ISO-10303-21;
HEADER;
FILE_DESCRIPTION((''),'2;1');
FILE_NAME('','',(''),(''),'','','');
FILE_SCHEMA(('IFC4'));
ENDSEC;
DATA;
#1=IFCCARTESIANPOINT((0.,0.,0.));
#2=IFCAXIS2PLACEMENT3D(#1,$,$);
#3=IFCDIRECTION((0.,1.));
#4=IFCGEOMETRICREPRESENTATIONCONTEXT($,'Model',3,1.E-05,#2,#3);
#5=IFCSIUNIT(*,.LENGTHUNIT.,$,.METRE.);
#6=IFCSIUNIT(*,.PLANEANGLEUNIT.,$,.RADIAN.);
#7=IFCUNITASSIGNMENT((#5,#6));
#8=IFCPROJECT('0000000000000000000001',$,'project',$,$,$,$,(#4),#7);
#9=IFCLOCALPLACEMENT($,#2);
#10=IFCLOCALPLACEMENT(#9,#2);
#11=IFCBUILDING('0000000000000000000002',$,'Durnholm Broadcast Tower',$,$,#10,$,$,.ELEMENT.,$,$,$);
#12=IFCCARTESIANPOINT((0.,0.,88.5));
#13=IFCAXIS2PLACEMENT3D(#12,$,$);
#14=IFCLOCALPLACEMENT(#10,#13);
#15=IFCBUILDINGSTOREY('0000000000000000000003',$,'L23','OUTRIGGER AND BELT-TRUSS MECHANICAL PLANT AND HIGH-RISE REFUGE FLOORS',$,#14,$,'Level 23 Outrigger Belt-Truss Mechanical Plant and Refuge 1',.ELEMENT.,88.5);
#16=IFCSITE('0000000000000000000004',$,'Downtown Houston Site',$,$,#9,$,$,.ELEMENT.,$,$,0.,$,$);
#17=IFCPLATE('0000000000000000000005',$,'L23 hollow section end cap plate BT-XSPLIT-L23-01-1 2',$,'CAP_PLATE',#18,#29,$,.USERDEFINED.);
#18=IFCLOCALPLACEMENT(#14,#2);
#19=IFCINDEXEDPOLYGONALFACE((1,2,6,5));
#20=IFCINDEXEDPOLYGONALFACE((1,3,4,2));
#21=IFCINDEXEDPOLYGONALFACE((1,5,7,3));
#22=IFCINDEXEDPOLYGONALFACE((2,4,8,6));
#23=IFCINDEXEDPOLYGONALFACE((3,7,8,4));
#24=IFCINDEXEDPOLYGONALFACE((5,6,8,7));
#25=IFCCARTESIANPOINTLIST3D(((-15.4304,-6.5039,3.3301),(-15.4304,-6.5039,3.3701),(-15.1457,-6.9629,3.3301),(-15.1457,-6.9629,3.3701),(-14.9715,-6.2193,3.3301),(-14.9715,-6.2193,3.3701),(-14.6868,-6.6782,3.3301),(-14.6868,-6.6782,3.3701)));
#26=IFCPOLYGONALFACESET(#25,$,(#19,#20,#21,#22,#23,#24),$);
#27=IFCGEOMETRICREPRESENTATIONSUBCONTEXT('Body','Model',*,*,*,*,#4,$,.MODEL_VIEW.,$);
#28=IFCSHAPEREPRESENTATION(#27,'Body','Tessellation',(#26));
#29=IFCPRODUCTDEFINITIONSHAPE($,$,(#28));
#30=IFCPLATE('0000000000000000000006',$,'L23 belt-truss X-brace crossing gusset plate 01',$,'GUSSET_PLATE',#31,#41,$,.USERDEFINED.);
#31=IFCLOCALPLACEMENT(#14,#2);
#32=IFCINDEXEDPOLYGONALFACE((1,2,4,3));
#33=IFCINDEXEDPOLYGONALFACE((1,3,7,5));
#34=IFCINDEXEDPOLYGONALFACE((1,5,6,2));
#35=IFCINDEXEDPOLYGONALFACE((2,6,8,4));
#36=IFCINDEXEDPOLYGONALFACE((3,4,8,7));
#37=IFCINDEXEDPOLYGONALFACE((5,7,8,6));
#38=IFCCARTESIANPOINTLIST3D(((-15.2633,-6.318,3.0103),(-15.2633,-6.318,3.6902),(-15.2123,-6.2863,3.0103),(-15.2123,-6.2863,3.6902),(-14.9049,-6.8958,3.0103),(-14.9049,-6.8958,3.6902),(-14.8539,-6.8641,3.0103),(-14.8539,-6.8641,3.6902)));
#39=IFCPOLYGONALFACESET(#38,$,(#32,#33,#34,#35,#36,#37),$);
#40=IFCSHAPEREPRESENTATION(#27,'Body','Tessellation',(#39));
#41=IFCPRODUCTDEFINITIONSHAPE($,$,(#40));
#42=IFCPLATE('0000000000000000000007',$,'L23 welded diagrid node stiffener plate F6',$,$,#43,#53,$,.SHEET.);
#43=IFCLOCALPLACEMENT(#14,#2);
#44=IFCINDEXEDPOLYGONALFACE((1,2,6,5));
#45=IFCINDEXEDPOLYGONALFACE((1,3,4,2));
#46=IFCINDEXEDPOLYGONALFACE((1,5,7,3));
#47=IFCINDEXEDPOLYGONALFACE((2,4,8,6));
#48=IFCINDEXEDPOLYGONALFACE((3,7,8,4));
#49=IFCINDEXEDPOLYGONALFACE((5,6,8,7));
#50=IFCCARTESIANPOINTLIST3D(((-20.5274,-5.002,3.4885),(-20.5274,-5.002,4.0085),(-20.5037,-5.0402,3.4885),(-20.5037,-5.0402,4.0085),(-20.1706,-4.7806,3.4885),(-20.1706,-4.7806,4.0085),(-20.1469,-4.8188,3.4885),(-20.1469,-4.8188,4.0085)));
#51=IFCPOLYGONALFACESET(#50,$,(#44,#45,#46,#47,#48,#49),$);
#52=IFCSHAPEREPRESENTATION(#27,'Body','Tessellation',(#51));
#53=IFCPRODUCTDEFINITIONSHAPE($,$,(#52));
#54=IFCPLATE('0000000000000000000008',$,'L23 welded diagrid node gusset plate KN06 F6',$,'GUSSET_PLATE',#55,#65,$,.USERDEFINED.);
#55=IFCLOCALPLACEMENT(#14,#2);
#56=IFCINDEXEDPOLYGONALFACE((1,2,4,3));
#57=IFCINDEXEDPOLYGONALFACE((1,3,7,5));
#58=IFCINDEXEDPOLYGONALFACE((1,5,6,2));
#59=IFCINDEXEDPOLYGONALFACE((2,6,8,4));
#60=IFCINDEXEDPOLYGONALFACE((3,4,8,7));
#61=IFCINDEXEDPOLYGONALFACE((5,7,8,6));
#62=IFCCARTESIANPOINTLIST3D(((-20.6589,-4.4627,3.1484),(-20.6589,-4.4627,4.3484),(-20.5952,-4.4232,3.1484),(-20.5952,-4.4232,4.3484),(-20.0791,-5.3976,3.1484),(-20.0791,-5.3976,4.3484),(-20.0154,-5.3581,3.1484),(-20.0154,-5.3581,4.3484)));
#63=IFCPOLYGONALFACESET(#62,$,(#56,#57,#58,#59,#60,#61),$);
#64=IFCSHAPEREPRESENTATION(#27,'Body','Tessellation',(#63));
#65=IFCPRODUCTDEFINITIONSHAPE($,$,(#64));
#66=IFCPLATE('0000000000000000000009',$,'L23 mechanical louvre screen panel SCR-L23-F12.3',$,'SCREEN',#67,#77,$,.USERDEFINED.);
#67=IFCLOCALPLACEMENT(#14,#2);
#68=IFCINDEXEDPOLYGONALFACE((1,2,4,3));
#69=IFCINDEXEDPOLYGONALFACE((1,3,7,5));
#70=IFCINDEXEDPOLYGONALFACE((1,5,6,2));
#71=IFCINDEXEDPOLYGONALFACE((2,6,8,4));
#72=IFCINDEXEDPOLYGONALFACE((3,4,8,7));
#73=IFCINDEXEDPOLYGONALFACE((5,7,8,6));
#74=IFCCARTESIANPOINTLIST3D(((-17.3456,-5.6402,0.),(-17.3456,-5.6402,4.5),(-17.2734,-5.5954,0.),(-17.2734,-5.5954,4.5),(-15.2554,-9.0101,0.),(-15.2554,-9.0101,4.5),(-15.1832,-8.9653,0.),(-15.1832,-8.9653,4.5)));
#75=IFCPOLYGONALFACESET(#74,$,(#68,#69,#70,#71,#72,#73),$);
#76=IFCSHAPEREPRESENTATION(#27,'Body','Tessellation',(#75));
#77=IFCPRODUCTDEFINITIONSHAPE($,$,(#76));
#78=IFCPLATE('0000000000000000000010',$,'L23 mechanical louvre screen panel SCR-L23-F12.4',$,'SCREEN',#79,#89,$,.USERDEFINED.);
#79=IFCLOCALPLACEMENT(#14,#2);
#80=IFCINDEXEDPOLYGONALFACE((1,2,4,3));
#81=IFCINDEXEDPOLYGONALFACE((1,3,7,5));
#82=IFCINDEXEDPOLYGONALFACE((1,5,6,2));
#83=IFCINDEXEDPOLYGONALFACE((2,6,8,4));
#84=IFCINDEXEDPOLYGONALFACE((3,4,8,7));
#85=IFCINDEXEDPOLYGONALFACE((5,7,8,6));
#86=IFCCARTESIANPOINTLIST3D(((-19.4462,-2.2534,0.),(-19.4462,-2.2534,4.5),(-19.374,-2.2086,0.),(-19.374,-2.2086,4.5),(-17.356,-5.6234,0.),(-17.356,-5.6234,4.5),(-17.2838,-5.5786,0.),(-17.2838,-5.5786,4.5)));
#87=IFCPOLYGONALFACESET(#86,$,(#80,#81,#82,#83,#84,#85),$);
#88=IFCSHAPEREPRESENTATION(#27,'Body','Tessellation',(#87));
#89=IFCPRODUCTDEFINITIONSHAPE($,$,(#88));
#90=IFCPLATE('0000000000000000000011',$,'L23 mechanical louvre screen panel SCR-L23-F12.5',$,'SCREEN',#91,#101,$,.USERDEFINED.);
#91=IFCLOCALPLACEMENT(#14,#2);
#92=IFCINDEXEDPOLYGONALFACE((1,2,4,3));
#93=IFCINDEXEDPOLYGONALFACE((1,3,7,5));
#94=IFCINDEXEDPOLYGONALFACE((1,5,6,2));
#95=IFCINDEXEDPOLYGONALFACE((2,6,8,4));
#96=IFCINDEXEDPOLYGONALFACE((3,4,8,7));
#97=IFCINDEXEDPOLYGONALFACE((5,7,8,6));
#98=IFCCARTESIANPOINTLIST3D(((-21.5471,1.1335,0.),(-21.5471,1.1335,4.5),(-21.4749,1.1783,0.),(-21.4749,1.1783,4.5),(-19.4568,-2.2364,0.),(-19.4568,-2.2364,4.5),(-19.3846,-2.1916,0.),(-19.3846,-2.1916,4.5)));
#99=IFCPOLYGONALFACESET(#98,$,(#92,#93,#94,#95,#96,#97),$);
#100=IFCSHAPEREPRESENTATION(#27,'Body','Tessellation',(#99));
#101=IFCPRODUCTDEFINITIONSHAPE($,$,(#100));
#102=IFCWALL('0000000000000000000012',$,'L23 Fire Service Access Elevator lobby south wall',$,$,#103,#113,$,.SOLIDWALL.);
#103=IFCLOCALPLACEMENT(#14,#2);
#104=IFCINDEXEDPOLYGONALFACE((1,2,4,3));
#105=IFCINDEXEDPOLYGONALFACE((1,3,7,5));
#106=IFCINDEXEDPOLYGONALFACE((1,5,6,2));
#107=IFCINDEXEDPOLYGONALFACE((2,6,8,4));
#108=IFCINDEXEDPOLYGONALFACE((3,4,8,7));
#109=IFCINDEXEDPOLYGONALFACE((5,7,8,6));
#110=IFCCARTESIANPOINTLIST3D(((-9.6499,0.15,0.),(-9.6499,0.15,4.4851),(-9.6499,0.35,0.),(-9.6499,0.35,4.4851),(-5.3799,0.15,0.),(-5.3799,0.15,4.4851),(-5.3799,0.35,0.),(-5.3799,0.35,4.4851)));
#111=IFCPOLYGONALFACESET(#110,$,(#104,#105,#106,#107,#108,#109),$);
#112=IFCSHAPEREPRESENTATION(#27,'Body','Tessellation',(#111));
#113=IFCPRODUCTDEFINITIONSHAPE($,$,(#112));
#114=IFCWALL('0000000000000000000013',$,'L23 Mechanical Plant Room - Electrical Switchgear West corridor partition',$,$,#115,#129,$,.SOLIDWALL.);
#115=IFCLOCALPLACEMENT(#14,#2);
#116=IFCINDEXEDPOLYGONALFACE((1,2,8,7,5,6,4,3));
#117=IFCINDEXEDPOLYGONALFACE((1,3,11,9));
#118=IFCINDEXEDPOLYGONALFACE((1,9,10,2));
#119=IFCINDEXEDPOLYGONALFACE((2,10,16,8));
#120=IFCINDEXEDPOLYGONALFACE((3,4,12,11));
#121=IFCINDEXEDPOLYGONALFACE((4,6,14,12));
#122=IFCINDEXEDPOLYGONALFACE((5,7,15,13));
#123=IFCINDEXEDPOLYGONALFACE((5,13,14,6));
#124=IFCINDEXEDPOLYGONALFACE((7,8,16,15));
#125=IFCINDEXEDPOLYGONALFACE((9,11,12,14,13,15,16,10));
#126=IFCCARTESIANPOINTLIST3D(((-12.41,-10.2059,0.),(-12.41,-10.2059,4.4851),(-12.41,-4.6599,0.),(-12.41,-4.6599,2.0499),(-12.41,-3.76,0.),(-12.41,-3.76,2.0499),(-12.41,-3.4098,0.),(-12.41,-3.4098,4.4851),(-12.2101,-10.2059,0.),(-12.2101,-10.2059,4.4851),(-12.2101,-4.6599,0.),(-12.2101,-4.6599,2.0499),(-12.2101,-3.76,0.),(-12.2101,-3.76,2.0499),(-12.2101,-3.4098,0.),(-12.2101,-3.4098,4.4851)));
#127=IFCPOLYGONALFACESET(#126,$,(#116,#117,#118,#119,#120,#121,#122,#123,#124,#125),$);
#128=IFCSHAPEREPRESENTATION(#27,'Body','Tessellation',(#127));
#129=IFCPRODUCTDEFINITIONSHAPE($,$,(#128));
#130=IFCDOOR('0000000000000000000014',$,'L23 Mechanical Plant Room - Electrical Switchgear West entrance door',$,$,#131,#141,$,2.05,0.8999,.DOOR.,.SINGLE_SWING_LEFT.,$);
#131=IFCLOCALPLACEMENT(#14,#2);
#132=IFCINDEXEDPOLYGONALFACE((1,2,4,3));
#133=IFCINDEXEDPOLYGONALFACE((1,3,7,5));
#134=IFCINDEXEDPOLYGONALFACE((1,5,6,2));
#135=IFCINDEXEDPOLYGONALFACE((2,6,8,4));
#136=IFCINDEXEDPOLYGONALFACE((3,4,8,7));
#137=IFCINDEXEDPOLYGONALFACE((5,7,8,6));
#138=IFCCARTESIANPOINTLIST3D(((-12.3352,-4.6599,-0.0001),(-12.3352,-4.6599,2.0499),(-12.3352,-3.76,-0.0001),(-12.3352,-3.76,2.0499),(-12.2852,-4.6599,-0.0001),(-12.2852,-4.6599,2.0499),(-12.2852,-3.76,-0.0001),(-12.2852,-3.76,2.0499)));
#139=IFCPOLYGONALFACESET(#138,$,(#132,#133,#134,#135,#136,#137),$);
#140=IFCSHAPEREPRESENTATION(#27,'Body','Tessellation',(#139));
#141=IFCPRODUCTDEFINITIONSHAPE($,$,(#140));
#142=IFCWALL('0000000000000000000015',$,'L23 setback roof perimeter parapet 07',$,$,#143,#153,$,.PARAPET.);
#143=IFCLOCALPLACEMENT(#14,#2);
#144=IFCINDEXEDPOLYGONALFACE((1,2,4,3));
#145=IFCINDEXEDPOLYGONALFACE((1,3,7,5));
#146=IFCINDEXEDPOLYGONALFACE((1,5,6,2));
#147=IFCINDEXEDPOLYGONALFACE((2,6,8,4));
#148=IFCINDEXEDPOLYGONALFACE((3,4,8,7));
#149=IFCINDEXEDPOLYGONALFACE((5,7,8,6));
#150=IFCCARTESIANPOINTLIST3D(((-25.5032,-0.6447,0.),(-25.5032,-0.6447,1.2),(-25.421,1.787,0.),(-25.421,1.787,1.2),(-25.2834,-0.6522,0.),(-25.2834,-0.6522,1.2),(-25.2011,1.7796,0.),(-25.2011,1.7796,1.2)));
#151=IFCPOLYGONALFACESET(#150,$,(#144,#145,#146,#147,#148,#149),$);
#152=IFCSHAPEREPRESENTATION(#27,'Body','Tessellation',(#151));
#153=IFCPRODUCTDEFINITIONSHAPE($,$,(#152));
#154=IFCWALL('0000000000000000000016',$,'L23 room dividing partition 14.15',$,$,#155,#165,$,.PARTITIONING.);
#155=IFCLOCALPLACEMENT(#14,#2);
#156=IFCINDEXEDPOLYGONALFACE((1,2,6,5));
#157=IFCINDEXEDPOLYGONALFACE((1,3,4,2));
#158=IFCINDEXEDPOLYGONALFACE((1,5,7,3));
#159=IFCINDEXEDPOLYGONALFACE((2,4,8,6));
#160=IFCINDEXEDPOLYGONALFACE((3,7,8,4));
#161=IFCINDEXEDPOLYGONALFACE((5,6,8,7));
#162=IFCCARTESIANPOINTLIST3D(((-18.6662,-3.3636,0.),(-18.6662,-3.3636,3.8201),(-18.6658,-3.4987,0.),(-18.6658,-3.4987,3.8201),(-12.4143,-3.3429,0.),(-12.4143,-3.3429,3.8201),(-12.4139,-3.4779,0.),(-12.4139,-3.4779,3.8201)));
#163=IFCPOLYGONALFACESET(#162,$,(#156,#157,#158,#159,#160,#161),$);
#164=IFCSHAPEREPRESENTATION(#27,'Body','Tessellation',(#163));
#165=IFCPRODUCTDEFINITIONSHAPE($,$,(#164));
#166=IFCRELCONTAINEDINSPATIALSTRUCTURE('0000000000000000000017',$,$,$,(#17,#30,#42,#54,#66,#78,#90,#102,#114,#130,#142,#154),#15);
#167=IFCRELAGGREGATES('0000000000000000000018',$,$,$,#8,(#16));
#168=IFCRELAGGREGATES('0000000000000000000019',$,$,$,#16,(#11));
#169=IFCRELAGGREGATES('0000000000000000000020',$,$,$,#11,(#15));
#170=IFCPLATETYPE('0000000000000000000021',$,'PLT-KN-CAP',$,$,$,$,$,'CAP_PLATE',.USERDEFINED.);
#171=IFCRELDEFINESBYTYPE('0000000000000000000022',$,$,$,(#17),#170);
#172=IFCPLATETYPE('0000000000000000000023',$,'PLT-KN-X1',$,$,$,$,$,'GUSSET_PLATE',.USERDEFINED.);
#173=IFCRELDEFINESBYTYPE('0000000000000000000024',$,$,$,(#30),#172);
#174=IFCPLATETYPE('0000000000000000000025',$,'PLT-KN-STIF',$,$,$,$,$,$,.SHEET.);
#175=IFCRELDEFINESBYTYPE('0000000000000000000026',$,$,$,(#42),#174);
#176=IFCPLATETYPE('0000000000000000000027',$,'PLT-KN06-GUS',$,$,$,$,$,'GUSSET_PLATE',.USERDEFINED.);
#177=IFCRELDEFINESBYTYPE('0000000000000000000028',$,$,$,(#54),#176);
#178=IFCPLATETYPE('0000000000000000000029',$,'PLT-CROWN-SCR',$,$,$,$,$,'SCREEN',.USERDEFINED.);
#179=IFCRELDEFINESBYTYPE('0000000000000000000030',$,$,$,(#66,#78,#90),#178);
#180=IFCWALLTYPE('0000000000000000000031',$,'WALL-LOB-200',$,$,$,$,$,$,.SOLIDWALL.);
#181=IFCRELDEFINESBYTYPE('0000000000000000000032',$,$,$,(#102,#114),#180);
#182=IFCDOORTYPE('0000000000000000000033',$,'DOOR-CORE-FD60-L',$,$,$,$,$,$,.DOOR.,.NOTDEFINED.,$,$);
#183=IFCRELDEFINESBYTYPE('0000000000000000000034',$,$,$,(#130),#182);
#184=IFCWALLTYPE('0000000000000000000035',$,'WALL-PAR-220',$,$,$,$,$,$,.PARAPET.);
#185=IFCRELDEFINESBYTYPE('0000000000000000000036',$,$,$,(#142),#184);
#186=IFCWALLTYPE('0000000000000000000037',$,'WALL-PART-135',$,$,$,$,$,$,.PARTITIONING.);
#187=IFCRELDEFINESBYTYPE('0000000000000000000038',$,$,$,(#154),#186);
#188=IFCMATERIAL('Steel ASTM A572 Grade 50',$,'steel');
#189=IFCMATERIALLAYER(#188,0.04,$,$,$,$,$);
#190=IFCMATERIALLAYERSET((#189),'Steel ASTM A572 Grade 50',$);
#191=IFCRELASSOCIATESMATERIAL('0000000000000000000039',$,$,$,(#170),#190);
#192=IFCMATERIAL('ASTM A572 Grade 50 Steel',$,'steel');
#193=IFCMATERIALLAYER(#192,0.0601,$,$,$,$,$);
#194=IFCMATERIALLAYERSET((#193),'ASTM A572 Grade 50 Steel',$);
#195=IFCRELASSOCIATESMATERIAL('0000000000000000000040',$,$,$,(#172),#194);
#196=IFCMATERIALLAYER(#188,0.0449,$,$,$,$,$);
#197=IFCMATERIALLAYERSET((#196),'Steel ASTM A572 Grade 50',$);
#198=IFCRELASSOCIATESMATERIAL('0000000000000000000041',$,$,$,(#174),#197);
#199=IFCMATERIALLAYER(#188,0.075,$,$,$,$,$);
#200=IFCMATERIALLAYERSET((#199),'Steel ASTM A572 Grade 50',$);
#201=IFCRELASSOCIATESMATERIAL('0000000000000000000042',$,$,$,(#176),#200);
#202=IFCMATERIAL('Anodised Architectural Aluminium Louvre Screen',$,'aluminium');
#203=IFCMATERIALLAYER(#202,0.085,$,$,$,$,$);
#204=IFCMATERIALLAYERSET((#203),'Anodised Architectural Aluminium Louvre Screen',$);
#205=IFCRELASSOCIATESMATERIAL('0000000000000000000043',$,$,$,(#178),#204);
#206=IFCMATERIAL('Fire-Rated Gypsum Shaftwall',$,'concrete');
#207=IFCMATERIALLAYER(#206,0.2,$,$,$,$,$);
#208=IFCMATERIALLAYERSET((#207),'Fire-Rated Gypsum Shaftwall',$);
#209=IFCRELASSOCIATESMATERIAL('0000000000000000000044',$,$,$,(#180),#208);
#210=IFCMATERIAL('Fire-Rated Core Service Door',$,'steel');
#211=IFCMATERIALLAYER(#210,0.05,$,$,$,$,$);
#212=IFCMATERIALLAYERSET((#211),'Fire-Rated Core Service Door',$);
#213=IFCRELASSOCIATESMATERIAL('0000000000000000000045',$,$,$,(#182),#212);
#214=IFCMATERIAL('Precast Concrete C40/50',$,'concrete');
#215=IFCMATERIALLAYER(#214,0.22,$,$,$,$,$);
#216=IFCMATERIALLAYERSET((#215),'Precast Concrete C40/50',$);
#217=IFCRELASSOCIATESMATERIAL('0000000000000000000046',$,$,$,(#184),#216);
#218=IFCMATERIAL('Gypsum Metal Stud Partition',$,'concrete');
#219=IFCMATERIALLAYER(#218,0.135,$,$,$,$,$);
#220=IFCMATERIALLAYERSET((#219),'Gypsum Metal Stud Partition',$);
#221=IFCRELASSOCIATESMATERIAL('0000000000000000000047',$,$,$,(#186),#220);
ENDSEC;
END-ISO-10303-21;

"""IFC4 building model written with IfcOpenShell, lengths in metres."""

from ifc_helpers import new_model, si_unit, direction, frame, frame_2d, origin, origin_2d, place, context, subcontext, project, spatial, rectangle, extrude, source, transform, mapped, material, layer, layer_set, type_object, type_shapes, element, fill, save


model = new_model("IFC4")

# Units and contexts
model_context = context("Model", 3, precision=1e-05, world=origin(), true_north=direction((0.0, 1.0)))
body_context = subcontext(model_context, "Body", "Model", "MODEL_VIEW")
ifc_project = project(units=[si_unit("LENGTHUNIT", "METRE"), si_unit("PLANEANGLEUNIT", "RADIAN")], contexts=[model_context])

# Site, building, storey
site_placement = place(None, origin())
site = spatial("IfcSite", under=ifc_project, at=site_placement, Name="Downtown Houston Site", CompositionType="ELEMENT", RefElevation=0.0)
building_placement = place(site_placement, origin())
building = spatial("IfcBuilding", under=site, at=building_placement, Name="Durnholm Broadcast Tower", CompositionType="ELEMENT")
storey_placement = place(building_placement, frame((0.0, 0.0, 88.5)))
storey = spatial("IfcBuildingStorey", under=building, at=storey_placement, Name="L23", Description="OUTRIGGER AND BELT-TRUSS MECHANICAL PLANT AND HIGH-RISE REFUGE FLOORS", LongName="Level 23 Outrigger Belt-Truss Mechanical Plant and Refuge 1", CompositionType="ELEMENT", Elevation=88.5)

# Plates
ifc_material_1 = material(Name="Steel ASTM A572 Grade 50", Category="steel")
ifc_layer_1 = layer(ifc_material_1, 0.04)
ifc_layer_set_1 = layer_set([ifc_layer_1], Name="Steel ASTM A572 Grade 50")
plate_type_1 = type_object("IfcPlateType", Name="PLT-KN-CAP", ElementType="CAP_PLATE", PredefinedType="USERDEFINED", material=ifc_layer_set_1)
shared_shape_1 = source(origin(), body_context, "Body", "SweptSolid", [
    extrude(rectangle(XDim=0.54, YDim=0.54, at=origin_2d()), origin(), (0.0, 0.0, 1.0), 0.04),
])
type_shapes(plate_type_1, [shared_shape_1])
plate_1_placement = place(storey_placement, frame((-15.0586, -6.5911, 3.3301), z_axis=(0.0, 0.0, 1.0), x_axis=(0.527104, -0.849801, 0.0)))
element("IfcPlate", 1, at=plate_1_placement, inside=storey, type_object=plate_type_1, Name="L23 hollow section end cap plate BT-XSPLIT-L23-01-1 2", ObjectType="CAP_PLATE", PredefinedType="USERDEFINED", context=body_context, shape_type="MappedRepresentation", body=[
    mapped(shared_shape_1, transform((0.0, 0.0, 0.0), x_axis=(1.0, 0.0, 0.0), y_axis=(0.0, 1.0, 0.0), z_axis=(0.0, 0.0, 1.0), scale=1.0)),
])
ifc_material_2 = material(Name="ASTM A572 Grade 50 Steel", Category="steel")
ifc_layer_2 = layer(ifc_material_2, 0.0601)
ifc_layer_set_2 = layer_set([ifc_layer_2], Name="ASTM A572 Grade 50 Steel")
plate_type_2 = type_object("IfcPlateType", Name="PLT-KN-X1", ElementType="GUSSET_PLATE", PredefinedType="USERDEFINED", material=ifc_layer_set_2)
shared_shape_2 = source(origin(), body_context, "Body", "SweptSolid", [
    extrude(rectangle(XDim=0.6799, YDim=0.0601, at=origin_2d()), origin(), (0.0, 0.0, 1.0), 0.6799),
])
type_shapes(plate_type_2, [shared_shape_2])
plate_2_placement = place(storey_placement, frame((-15.0586, -6.5911, 3.0103), z_axis=(0.0, 0.0, 1.0), x_axis=(-0.527104, 0.849801, 0.0)))
element("IfcPlate", 2, at=plate_2_placement, inside=storey, type_object=plate_type_2, Name="L23 belt-truss X-brace crossing gusset plate 01", ObjectType="GUSSET_PLATE", PredefinedType="USERDEFINED", context=body_context, shape_type="MappedRepresentation", body=[
    mapped(shared_shape_2, transform((0.0, 0.0, 0.0), x_axis=(1.0, 0.0, 0.0), y_axis=(0.0, 1.0, 0.0), z_axis=(0.0, 0.0, 1.0), scale=1.0)),
])
ifc_layer_3 = layer(ifc_material_1, 0.0449)
ifc_layer_set_3 = layer_set([ifc_layer_3], Name="Steel ASTM A572 Grade 50")
plate_type_3 = type_object("IfcPlateType", Name="PLT-KN-STIF", PredefinedType="SHEET", material=ifc_layer_set_3)
shared_shape_3 = source(origin(), body_context, "Body", "SweptSolid", [
    extrude(rectangle(XDim=0.0449, YDim=0.4199, at=origin_2d()), origin(), (0.0, 0.0, 1.0), 0.52),
])
type_shapes(plate_type_3, [shared_shape_3])
plate_3_placement = place(storey_placement, frame((-20.3372, -4.9104, 3.4885), z_axis=(0.0, 0.0, 1.0), x_axis=(0.527104, -0.849801, 0.0)))
element("IfcPlate", 3, at=plate_3_placement, inside=storey, type_object=plate_type_3, Name="L23 welded diagrid node stiffener plate F6", PredefinedType="SHEET", context=body_context, shape_type="MappedRepresentation", body=[
    mapped(shared_shape_3, transform((0.0, 0.0, 0.0), x_axis=(1.0, 0.0, 0.0), y_axis=(0.0, 1.0, 0.0), z_axis=(0.0, 0.0, 1.0), scale=1.0)),
])
ifc_layer_4 = layer(ifc_material_1, 0.075)
ifc_layer_set_4 = layer_set([ifc_layer_4], Name="Steel ASTM A572 Grade 50")
plate_type_4 = type_object("IfcPlateType", Name="PLT-KN06-GUS", ElementType="GUSSET_PLATE", PredefinedType="USERDEFINED", material=ifc_layer_set_4)
shared_shape_4 = source(origin(), body_context, "Body", "SweptSolid", [
    extrude(rectangle(XDim=1.1001, YDim=0.075, at=origin_2d()), origin(), (0.0, 0.0, 1.0), 1.2),
])
type_shapes(plate_type_4, [shared_shape_4])
plate_4_placement = place(storey_placement, frame((-20.3372, -4.9104, 3.1484), z_axis=(0.0, 0.0, 1.0), x_axis=(0.527104, -0.849801, 0.0)))
element("IfcPlate", 4, at=plate_4_placement, inside=storey, type_object=plate_type_4, Name="L23 welded diagrid node gusset plate KN06 F6", ObjectType="GUSSET_PLATE", PredefinedType="USERDEFINED", context=body_context, shape_type="MappedRepresentation", body=[
    mapped(shared_shape_4, transform((0.0, 0.0, 0.0), x_axis=(1.0, 0.0, 0.0), y_axis=(0.0, 1.0, 0.0), z_axis=(0.0, 0.0, 1.0), scale=1.0)),
])
ifc_material_3 = material(Name="Anodised Architectural Aluminium Louvre Screen", Category="aluminium")
ifc_layer_5 = layer(ifc_material_3, 0.085)
ifc_layer_set_5 = layer_set([ifc_layer_5], Name="Anodised Architectural Aluminium Louvre Screen")
plate_type_5 = type_object("IfcPlateType", Name="PLT-CROWN-SCR", ElementType="SCREEN", PredefinedType="USERDEFINED", material=ifc_layer_set_5)
shared_shape_5 = source(origin(), body_context, "Body", "SweptSolid", [
    extrude(rectangle(XDim=3.9656, YDim=0.085, at=origin_2d()), origin(), (0.0, 0.0, 1.0), 4.5),
])
type_shapes(plate_type_5, [shared_shape_5])
for number, where, z_axis, x_axis, name in (
    (5, (-16.2644, -7.3027, 0.0), (0.0, 0.0, 1.0), (-0.527104, 0.849801, 0.0), "L23 mechanical louvre screen panel SCR-L23-F12.3"),
    (6, (-18.365, -3.916, 0.0), (0.0, 0.0, 1.0), (-0.527104, 0.849801, 0.0), "L23 mechanical louvre screen panel SCR-L23-F12.4"),
    (7, (-20.4658, -0.5291, 0.0), (0.0, 0.0, 1.0), (-0.527104, 0.849801, 0.0), "L23 mechanical louvre screen panel SCR-L23-F12.5"),
):
    element("IfcPlate", number, at=place(storey_placement, frame(where, z_axis=z_axis, x_axis=x_axis)), inside=storey, type_object=plate_type_5, Name=name, ObjectType="SCREEN", PredefinedType="USERDEFINED", context=body_context, shape_type="MappedRepresentation", body=[
        mapped(shared_shape_5, transform((0.0, 0.0, 0.0), x_axis=(1.0, 0.0, 0.0), y_axis=(0.0, 1.0, 0.0), z_axis=(0.0, 0.0, 1.0), scale=1.0)),
    ])

# Wall
ifc_material_4 = material(Name="Fire-Rated Gypsum Shaftwall", Category="concrete")
ifc_layer_6 = layer(ifc_material_4, 0.2)
ifc_layer_set_6 = layer_set([ifc_layer_6], Name="Fire-Rated Gypsum Shaftwall")
wall_type_1 = type_object("IfcWallType", Name="WALL-LOB-200", PredefinedType="SOLIDWALL", material=ifc_layer_set_6)
wall_1_placement = place(storey_placement, frame((-9.6499, 0.25, 0.0), z_axis=(0.0, 0.0, 1.0), x_axis=(1.0, 0.0, 0.0)))
element("IfcWall", 8, at=wall_1_placement, inside=storey, type_object=wall_type_1, Name="L23 Fire Service Access Elevator lobby south wall", PredefinedType="SOLIDWALL", context=body_context, shape_type="SweptSolid", body=[
    extrude(rectangle(XDim=4.27, YDim=0.2, at=frame_2d((2.135, 0.0))), origin(), (0.0, 0.0, 1.0), 4.4851),
])

# Wall, opening, door
wall_2_placement = place(storey_placement, frame((-12.3101, -3.4099, 0.0), z_axis=(0.0, 0.0, 1.0), x_axis=(0.0, -1.0, 0.0)))
wall_2 = element("IfcWall", 9, at=wall_2_placement, inside=storey, type_object=wall_type_1, Name="L23 Mechanical Plant Room - Electrical Switchgear West corridor partition", PredefinedType="SOLIDWALL", context=body_context, shape_type="SweptSolid", body=[
    extrude(rectangle(XDim=6.7961, YDim=0.2, at=frame_2d((3.3979, 0.0))), origin(), (0.0, 0.0, 1.0), 4.4851),
])
opening_placement = place(wall_2_placement, frame((0.3501, 0.0, 0.0)))
opening = element("IfcOpeningElement", 10, at=opening_placement, cuts=wall_2, PredefinedType="OPENING", context=body_context, shape_type="SweptSolid", body=[
    extrude(rectangle(XDim=0.8999, YDim=2.05, at=frame_2d((0.45, 1.0249))), frame((0.0, 0.1099, 0.0), z_axis=(0.0, -1.0, 0.0), x_axis=(1.0, 0.0, 0.0)), (0.0, 0.0, 1.0), 0.22),
])
ifc_material_5 = material(Name="Fire-Rated Core Service Door", Category="steel")
ifc_layer_7 = layer(ifc_material_5, 0.05)
ifc_layer_set_7 = layer_set([ifc_layer_7], Name="Fire-Rated Core Service Door")
door_type = type_object("IfcDoorType", Name="DOOR-CORE-FD60-L", OperationType="NOTDEFINED", PredefinedType="DOOR", material=ifc_layer_set_7)
shared_shape_6 = source(origin(), body_context, "Body", "SweptSolid", [
    extrude(rectangle(XDim=0.8999, YDim=2.05, at=frame_2d((0.45, 1.0249))), frame((0.0, 0.0249, 0.0), z_axis=(0.0, -1.0, 0.0), x_axis=(1.0, 0.0, 0.0)), (0.0, 0.0, 1.0), 0.05),
])
type_shapes(door_type, [shared_shape_6])
door_placement = place(opening_placement, origin())
door = element("IfcDoor", 11, at=door_placement, inside=storey, type_object=door_type, Name="L23 Mechanical Plant Room - Electrical Switchgear West entrance door", OperationType="SINGLE_SWING_LEFT", OverallHeight=2.05, OverallWidth=0.8999, PredefinedType="DOOR", context=body_context, shape_type="MappedRepresentation", body=[
    mapped(shared_shape_6, transform((0.0, 0.0, 0.0), x_axis=(1.0, 0.0, 0.0), y_axis=(0.0, 1.0, 0.0), z_axis=(0.0, 0.0, 1.0), scale=1.0)),
])
fill(opening, door)

# Walls
ifc_material_6 = material(Name="Precast Concrete C40/50", Category="concrete")
ifc_layer_8 = layer(ifc_material_6, 0.22)
ifc_layer_set_8 = layer_set([ifc_layer_8], Name="Precast Concrete C40/50")
wall_type_2 = type_object("IfcWallType", Name="WALL-PAR-220", PredefinedType="PARAPET", material=ifc_layer_set_8)
wall_3_placement = place(storey_placement, frame((-25.3933, -0.6484, 0.0), z_axis=(0.0, 0.0, 1.0), x_axis=(0.033816, 0.999428, 0.0)))
element("IfcWall", 12, at=wall_3_placement, inside=storey, type_object=wall_type_2, Name="L23 setback roof perimeter parapet 07", PredefinedType="PARAPET", context=body_context, shape_type="SweptSolid", body=[
    extrude(rectangle(XDim=2.4331, YDim=0.22, at=frame_2d((1.2166, 0.0))), origin(), (0.0, 0.0, 1.0), 1.2),
])
ifc_material_7 = material(Name="Gypsum Metal Stud Partition", Category="concrete")
ifc_layer_9 = layer(ifc_material_7, 0.135)
ifc_layer_set_9 = layer_set([ifc_layer_9], Name="Gypsum Metal Stud Partition")
wall_type_3 = type_object("IfcWallType", Name="WALL-PART-135", PredefinedType="PARTITIONING", material=ifc_layer_set_9)
wall_4_placement = place(storey_placement, frame((-18.666, -3.4312, 0.0), z_axis=(0.0, 0.0, 1.0), x_axis=(0.999994, 0.003319, 0.0)))
element("IfcWall", 13, at=wall_4_placement, inside=storey, type_object=wall_type_3, Name="L23 room dividing partition 14.15", PredefinedType="PARTITIONING", context=body_context, shape_type="SweptSolid", body=[
    extrude(rectangle(XDim=6.252, YDim=0.135, at=frame_2d((3.126, 0.0))), origin(), (0.0, 0.0, 1.0), 3.8201),
])

save(model, "model.ifc")
